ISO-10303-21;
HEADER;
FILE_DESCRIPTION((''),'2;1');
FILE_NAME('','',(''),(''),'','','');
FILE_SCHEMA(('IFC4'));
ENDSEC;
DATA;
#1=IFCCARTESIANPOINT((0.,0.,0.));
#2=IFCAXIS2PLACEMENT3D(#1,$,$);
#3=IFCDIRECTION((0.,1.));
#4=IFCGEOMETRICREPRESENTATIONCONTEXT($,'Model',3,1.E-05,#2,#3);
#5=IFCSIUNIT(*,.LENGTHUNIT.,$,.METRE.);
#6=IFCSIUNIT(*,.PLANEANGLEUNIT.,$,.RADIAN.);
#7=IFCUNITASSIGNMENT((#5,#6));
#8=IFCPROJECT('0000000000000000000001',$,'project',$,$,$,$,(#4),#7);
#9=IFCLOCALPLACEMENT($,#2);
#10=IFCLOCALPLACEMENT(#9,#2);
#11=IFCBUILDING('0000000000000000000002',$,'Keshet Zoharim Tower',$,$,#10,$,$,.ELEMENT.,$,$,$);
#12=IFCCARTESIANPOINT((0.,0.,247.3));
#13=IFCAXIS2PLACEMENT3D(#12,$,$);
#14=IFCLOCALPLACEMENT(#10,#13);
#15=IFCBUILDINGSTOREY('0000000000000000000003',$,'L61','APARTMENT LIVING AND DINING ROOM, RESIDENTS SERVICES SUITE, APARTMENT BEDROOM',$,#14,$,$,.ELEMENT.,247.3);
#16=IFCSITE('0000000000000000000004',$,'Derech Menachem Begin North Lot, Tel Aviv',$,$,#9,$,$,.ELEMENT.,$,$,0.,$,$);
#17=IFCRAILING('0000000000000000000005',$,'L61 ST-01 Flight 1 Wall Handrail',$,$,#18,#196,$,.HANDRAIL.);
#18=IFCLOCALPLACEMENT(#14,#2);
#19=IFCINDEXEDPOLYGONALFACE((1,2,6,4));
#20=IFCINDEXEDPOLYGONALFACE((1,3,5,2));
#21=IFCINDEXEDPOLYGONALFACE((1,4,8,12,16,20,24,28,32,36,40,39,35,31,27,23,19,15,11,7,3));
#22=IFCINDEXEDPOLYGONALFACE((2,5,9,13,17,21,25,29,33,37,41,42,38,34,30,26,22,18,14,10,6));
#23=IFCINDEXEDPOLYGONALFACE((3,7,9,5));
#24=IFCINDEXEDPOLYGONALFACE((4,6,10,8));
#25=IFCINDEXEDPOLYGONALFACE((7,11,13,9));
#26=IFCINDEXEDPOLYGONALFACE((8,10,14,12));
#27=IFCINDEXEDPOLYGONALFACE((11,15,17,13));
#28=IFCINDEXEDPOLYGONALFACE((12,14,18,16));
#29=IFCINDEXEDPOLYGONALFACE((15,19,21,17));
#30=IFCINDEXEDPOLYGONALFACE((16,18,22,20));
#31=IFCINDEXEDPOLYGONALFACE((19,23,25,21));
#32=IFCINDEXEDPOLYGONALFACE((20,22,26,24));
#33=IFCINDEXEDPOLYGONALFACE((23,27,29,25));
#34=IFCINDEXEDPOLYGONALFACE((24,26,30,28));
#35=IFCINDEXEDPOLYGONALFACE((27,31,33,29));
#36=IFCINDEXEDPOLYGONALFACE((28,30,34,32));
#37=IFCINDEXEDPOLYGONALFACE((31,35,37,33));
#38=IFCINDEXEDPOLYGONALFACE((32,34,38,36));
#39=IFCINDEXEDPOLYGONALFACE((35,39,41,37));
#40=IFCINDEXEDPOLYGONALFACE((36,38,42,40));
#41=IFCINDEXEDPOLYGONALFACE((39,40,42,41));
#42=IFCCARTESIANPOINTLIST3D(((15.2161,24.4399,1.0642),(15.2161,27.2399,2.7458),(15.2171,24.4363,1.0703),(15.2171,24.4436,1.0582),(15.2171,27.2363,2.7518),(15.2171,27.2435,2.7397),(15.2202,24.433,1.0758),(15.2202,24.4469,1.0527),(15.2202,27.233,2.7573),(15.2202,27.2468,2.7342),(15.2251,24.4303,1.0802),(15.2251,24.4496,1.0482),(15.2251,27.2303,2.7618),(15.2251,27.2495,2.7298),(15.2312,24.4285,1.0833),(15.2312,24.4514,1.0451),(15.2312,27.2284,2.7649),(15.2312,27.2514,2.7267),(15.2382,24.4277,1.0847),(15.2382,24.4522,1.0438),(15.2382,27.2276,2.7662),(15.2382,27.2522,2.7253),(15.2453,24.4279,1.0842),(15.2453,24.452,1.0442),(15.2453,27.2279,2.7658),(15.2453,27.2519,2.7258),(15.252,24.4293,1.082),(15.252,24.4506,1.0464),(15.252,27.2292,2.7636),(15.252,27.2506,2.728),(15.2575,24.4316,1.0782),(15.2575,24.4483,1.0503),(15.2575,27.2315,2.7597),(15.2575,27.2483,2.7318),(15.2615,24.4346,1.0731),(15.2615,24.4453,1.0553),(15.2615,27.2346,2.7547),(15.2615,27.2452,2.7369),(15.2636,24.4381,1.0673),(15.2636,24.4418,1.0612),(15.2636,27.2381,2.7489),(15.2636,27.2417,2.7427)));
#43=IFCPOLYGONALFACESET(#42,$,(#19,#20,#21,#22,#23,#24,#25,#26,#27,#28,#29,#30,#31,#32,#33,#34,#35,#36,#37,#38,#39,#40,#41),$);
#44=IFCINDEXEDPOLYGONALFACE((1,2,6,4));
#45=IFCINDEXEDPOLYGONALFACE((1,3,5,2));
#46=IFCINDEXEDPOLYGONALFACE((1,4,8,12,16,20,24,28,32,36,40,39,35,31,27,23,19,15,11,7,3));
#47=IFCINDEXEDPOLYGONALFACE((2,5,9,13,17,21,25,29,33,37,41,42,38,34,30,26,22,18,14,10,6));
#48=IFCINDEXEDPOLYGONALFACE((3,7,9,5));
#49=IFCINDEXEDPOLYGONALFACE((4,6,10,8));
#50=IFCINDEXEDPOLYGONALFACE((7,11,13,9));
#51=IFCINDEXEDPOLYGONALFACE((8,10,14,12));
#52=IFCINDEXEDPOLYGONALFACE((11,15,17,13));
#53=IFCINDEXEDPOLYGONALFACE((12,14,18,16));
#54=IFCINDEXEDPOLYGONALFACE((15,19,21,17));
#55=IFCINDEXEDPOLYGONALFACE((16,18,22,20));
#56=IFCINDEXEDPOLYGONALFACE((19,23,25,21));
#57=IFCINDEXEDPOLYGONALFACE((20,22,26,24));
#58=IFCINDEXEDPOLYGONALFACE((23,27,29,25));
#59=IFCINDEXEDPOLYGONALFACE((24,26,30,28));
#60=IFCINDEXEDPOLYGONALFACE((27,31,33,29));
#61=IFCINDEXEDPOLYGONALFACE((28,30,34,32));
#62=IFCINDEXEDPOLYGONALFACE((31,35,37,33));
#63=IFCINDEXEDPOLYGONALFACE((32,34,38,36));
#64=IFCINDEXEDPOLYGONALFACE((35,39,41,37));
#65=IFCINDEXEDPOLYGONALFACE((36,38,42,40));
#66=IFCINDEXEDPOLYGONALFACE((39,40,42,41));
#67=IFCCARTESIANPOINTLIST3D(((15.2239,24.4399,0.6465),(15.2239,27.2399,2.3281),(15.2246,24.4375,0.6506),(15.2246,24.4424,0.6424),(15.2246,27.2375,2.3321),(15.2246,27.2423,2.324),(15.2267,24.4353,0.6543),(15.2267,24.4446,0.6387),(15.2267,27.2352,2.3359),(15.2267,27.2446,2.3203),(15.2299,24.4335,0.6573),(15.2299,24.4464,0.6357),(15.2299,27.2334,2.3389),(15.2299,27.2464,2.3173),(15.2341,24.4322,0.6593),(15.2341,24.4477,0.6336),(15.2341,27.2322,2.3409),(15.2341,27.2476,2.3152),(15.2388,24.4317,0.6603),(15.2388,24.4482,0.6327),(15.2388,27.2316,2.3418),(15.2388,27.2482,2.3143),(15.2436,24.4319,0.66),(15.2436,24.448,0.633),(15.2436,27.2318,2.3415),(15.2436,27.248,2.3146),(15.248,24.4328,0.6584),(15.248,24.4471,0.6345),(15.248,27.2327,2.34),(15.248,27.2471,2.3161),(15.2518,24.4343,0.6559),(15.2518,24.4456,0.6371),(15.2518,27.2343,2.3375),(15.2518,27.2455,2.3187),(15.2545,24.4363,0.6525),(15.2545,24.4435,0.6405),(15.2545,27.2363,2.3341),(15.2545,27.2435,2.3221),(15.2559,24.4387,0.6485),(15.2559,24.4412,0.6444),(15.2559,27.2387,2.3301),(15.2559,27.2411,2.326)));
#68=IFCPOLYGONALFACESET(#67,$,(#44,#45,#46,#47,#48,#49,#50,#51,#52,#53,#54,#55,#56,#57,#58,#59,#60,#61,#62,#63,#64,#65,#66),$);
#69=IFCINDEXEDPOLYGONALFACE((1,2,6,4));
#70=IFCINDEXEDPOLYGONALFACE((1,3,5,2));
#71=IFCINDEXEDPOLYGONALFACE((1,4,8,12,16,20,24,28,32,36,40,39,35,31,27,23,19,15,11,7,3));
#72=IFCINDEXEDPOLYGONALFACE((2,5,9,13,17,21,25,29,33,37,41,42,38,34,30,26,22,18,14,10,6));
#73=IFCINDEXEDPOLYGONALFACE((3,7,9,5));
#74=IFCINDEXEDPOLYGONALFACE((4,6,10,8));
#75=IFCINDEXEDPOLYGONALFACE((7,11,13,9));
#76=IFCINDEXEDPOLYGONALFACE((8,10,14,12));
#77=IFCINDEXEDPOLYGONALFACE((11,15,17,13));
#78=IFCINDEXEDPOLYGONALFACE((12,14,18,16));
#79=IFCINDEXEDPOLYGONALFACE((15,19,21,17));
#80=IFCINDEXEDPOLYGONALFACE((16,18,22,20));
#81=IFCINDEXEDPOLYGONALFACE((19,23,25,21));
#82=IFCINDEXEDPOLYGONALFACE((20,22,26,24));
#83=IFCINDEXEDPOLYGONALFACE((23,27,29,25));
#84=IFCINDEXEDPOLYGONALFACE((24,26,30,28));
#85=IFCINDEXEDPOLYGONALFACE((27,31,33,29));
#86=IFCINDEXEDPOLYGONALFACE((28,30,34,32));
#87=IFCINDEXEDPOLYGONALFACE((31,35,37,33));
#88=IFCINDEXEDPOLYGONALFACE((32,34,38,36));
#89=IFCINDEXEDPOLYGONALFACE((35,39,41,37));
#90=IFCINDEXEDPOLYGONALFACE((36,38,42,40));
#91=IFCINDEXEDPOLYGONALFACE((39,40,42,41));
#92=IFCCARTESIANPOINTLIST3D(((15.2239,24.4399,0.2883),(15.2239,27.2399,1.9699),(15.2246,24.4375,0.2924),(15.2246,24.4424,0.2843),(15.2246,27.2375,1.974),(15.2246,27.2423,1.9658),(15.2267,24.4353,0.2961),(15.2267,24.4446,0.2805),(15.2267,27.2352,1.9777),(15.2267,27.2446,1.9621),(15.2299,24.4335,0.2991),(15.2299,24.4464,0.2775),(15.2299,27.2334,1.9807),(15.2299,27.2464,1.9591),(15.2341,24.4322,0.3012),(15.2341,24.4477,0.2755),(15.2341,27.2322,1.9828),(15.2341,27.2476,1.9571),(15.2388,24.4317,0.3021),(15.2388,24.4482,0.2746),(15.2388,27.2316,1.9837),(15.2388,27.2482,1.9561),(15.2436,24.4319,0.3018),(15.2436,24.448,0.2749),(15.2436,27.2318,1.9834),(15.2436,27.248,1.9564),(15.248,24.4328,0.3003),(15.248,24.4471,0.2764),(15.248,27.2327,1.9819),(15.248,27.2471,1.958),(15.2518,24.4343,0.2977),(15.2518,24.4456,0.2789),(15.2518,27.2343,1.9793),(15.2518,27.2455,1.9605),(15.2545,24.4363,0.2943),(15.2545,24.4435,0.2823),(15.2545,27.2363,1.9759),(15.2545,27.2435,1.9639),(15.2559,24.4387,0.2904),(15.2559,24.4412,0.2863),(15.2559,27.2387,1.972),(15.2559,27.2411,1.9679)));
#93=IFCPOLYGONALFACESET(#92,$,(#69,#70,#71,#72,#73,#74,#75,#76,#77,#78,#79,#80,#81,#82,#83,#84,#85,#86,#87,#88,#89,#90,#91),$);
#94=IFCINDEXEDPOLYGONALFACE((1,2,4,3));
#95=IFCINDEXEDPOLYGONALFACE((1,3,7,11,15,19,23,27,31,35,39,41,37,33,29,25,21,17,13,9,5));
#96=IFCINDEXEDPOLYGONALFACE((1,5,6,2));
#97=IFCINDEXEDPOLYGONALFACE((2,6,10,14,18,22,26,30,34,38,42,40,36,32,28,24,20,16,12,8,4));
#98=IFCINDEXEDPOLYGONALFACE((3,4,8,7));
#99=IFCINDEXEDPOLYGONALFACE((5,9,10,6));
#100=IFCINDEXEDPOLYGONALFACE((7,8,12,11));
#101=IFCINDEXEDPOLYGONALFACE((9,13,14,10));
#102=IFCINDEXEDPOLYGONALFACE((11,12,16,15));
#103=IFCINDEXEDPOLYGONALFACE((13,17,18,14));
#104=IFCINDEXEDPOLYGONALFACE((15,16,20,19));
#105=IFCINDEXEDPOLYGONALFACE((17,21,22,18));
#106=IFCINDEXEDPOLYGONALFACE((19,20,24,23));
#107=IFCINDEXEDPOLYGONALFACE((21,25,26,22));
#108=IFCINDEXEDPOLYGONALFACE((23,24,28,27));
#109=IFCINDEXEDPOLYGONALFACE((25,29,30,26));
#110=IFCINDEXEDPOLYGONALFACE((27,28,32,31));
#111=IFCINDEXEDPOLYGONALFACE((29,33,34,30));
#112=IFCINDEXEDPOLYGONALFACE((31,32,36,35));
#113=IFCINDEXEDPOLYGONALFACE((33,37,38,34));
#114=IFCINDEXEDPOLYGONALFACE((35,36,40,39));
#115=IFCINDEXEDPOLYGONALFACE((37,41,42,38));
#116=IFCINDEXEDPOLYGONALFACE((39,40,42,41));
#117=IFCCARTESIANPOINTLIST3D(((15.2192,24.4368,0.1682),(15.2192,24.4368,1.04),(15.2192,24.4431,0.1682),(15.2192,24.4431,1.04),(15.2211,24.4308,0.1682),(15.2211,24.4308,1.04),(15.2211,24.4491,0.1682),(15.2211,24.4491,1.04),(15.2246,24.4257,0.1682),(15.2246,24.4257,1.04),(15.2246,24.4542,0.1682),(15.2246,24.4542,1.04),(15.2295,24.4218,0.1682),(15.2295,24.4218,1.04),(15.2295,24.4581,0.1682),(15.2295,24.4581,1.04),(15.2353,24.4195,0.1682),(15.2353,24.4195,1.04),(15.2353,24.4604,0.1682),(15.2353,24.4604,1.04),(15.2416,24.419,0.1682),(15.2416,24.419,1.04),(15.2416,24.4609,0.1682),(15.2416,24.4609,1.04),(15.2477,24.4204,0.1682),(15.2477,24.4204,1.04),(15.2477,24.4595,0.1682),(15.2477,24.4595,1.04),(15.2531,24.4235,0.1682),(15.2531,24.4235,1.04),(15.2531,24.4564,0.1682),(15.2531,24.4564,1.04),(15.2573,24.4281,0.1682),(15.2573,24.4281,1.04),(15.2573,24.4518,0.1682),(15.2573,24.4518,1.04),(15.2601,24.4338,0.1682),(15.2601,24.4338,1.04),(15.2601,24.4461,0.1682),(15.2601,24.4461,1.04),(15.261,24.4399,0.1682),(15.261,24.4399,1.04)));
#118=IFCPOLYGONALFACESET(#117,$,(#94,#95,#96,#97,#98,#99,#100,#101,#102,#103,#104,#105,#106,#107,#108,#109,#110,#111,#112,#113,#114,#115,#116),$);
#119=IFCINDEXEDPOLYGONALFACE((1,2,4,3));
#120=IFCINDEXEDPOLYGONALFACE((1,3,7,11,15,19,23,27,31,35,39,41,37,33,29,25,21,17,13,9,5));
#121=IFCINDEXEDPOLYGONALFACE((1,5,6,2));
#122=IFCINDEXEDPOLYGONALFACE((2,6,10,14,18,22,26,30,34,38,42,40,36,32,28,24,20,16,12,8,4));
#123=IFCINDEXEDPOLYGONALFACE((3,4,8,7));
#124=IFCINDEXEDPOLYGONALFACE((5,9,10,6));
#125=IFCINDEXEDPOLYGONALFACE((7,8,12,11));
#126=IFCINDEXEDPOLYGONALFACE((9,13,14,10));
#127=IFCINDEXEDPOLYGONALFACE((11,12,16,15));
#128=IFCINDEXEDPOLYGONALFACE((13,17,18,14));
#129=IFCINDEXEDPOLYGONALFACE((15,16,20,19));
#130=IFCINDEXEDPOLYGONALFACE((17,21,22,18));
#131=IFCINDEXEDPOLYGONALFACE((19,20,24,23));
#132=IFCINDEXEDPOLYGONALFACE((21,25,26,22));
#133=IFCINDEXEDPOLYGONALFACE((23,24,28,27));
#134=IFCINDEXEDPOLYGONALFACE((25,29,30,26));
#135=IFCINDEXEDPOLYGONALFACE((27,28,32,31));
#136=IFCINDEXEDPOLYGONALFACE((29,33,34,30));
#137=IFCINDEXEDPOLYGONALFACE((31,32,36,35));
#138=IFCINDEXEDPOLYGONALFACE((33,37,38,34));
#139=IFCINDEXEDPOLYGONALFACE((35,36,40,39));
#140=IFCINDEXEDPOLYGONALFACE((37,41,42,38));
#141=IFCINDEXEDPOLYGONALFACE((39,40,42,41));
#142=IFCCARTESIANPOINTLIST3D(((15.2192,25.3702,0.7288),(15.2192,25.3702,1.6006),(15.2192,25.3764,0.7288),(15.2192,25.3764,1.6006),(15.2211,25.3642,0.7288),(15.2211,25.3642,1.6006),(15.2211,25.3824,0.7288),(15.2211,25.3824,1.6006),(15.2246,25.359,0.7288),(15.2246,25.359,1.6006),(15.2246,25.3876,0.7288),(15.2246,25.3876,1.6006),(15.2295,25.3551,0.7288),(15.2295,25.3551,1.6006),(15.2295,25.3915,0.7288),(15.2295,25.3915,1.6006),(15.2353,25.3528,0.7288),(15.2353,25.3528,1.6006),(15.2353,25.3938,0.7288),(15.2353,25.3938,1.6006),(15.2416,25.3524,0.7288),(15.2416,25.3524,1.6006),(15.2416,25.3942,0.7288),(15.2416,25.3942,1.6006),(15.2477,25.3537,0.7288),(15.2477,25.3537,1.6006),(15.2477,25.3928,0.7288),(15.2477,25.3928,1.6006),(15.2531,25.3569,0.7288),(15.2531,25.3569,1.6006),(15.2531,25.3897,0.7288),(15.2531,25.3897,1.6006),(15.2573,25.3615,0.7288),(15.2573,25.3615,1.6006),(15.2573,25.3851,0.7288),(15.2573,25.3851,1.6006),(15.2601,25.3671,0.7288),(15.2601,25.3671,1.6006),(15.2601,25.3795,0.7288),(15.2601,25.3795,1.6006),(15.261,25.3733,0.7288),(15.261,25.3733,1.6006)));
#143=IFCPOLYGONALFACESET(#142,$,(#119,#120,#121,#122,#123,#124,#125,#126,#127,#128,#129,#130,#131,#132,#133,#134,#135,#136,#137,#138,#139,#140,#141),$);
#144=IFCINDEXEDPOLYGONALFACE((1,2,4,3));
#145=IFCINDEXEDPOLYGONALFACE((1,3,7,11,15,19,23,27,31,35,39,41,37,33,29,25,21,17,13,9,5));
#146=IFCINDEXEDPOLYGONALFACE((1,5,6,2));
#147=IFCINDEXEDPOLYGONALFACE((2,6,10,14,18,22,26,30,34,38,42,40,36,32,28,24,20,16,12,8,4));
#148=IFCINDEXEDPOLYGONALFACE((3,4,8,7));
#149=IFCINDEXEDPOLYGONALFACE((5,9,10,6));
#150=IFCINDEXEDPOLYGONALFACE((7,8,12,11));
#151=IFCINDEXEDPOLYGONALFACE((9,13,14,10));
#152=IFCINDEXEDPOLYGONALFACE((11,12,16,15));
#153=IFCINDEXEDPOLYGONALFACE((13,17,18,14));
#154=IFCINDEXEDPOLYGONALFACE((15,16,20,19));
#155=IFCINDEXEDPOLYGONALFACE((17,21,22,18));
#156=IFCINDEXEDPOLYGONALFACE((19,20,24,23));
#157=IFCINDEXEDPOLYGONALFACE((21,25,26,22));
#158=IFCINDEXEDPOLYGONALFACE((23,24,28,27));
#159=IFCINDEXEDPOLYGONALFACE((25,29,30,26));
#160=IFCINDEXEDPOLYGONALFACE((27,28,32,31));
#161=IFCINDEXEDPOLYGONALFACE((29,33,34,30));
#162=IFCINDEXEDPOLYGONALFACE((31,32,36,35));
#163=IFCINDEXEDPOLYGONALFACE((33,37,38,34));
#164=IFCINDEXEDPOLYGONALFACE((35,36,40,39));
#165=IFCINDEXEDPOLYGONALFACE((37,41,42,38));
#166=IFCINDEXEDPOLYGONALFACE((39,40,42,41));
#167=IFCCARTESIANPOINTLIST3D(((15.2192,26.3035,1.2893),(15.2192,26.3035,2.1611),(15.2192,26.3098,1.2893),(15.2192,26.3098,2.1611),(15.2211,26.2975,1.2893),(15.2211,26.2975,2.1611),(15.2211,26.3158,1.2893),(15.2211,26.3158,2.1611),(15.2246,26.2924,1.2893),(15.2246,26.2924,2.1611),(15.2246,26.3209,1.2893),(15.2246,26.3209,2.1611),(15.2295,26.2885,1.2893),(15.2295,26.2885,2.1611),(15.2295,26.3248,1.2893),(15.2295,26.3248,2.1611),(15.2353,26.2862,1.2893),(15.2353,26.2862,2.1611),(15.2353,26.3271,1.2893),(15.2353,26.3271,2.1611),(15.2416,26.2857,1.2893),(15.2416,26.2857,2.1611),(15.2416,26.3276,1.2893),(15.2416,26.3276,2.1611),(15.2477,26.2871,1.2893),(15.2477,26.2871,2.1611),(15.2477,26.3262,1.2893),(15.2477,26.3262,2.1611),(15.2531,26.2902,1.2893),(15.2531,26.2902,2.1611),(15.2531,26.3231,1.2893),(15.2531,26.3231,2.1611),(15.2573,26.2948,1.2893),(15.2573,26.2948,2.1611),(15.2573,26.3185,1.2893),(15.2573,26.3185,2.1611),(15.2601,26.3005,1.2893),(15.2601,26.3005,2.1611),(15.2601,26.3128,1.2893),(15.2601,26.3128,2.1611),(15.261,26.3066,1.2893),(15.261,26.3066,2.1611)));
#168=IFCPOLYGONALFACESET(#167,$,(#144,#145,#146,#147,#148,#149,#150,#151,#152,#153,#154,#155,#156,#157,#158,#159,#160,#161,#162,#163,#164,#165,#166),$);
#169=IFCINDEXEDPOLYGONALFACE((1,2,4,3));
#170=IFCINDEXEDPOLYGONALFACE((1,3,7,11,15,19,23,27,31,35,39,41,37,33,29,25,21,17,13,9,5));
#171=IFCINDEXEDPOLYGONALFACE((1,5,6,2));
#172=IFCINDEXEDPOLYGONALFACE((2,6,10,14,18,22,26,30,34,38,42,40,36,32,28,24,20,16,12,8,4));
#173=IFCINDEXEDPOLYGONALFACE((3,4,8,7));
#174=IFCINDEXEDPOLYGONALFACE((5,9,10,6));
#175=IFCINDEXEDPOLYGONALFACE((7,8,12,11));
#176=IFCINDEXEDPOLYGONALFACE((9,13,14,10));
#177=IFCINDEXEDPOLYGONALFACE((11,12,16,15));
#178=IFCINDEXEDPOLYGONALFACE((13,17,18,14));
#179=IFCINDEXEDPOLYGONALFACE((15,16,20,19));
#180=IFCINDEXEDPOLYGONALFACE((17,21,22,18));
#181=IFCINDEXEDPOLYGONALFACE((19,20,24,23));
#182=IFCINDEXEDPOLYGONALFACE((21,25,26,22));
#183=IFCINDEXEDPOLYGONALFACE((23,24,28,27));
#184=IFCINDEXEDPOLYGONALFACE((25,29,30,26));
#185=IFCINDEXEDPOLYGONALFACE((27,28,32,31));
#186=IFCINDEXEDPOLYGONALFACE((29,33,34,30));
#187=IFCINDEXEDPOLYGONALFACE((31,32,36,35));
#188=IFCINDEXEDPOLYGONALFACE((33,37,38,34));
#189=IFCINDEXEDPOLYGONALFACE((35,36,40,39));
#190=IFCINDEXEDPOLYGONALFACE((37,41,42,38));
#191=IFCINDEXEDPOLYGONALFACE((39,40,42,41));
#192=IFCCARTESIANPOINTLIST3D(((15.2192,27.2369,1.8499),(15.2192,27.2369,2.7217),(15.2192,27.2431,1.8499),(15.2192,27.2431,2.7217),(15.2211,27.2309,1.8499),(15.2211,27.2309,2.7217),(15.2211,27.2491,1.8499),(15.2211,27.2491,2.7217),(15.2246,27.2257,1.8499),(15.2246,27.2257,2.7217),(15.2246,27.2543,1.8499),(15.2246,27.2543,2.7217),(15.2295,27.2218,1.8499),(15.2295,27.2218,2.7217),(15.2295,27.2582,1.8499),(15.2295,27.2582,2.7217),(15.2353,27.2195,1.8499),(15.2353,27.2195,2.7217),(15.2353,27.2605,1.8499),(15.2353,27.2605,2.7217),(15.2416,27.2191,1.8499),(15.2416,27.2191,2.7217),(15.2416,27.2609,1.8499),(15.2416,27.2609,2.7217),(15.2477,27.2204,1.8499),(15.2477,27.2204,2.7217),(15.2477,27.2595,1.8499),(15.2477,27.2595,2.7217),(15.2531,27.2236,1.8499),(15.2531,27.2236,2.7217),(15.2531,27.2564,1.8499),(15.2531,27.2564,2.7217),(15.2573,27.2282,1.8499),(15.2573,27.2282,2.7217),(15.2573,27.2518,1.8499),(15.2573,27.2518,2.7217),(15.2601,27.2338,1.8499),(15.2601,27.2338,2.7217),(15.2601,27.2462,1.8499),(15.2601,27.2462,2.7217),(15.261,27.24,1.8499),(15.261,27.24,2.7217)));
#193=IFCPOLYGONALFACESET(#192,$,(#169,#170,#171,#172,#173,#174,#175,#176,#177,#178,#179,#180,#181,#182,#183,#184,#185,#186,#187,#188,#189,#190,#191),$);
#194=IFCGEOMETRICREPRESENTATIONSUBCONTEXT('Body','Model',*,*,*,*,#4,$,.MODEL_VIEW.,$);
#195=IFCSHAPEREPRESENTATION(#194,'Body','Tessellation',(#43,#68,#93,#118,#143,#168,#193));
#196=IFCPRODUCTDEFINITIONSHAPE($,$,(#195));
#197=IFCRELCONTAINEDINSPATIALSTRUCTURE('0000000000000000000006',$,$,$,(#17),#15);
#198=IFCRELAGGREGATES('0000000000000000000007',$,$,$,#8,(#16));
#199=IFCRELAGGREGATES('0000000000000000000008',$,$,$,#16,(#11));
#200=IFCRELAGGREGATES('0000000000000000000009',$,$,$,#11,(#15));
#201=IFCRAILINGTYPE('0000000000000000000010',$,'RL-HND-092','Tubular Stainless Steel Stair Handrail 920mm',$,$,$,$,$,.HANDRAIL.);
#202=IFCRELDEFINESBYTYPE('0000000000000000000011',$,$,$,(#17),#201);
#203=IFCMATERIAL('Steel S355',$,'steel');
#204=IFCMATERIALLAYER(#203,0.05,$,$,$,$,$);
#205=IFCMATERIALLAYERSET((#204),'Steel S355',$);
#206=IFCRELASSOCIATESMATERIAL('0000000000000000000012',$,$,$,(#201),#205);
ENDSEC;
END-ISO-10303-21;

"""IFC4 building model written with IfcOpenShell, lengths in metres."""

from ifc_helpers import new_model, si_unit, direction, frame, origin, origin_2d, place, context, subcontext, project, spatial, circle, extrude, material, layer, layer_set, type_object, element, save


model = new_model("IFC4")

# Units and contexts
model_context = context("Model", 3, precision=1e-05, world=origin(), true_north=direction((0.0, 1.0)))
body_context = subcontext(model_context, "Body", "Model", "MODEL_VIEW")
ifc_project = project(units=[si_unit("LENGTHUNIT", "METRE"), si_unit("PLANEANGLEUNIT", "RADIAN")], contexts=[model_context])

# Site, building, storey
site_placement = place(None, origin())
site = spatial("IfcSite", under=ifc_project, at=site_placement, Name="Derech Menachem Begin North Lot, Tel Aviv", CompositionType="ELEMENT", RefElevation=0.0)
building_placement = place(site_placement, origin())
building = spatial("IfcBuilding", under=site, at=building_placement, Name="Keshet Zoharim Tower", CompositionType="ELEMENT")
storey_placement = place(building_placement, frame((0.0, 0.0, 247.3)))
storey = spatial("IfcBuildingStorey", under=building, at=storey_placement, Name="L61", Description="APARTMENT LIVING AND DINING ROOM, RESIDENTS SERVICES SUITE, APARTMENT BEDROOM", CompositionType="ELEMENT", Elevation=247.3)

# Shared definitions
ifc_material_1 = material(Name="Steel S355", Category="steel")

# Railing
ifc_layer_1 = layer(ifc_material_1, 0.05)
ifc_layer_set_1 = layer_set([ifc_layer_1], Name="Steel S355")
railing_type_1 = type_object("IfcRailingType", Name="RL-HND-092", Description="Tubular Stainless Steel Stair Handrail 920mm", PredefinedType="HANDRAIL", material=ifc_layer_set_1)
railing_1_placement = place(storey_placement, frame((15.24, 24.4399, 0.1682)))
element("IfcRailing", 1, at=railing_1_placement, inside=storey, type_object=railing_type_1, Name="L61 ST-01 Flight 1 Wall Handrail", PredefinedType="HANDRAIL", context=body_context, shape_type="SweptSolid", body=[
    extrude(circle(Radius=0.0239, at=origin_2d()), frame((0.0, 0.0, 0.896), z_axis=(0.0, 0.857275, 0.514858), x_axis=(-1.0, 0.0, 0.0)), (0.0, 0.0, 1.0), 3.2661),
    extrude(circle(Radius=0.0161, at=origin_2d()), frame((0.0, 0.0, 0.4783), z_axis=(0.0, 0.857275, 0.514858), x_axis=(-1.0, 0.0, 0.0)), (0.0, 0.0, 1.0), 3.2661),
    extrude(circle(Radius=0.0161, at=origin_2d()), frame((0.0, 0.0, 0.1201), z_axis=(0.0, 0.857275, 0.514858), x_axis=(-1.0, 0.0, 0.0)), (0.0, 0.0, 1.0), 3.2661),
    extrude(circle(Radius=0.021, at=origin_2d()), origin(), (0.0, 0.0, 1.0), 0.8718),
    extrude(circle(Radius=0.021, at=origin_2d()), frame((0.0, 0.9333, 0.5605)), (0.0, 0.0, 1.0), 0.8718),
    extrude(circle(Radius=0.021, at=origin_2d()), frame((0.0, 1.8667, 1.1211)), (0.0, 0.0, 1.0), 0.8718),
    extrude(circle(Radius=0.021, at=origin_2d()), frame((0.0, 2.8, 1.6816)), (0.0, 0.0, 1.0), 0.8718),
])

save(model, "model.ifc")
